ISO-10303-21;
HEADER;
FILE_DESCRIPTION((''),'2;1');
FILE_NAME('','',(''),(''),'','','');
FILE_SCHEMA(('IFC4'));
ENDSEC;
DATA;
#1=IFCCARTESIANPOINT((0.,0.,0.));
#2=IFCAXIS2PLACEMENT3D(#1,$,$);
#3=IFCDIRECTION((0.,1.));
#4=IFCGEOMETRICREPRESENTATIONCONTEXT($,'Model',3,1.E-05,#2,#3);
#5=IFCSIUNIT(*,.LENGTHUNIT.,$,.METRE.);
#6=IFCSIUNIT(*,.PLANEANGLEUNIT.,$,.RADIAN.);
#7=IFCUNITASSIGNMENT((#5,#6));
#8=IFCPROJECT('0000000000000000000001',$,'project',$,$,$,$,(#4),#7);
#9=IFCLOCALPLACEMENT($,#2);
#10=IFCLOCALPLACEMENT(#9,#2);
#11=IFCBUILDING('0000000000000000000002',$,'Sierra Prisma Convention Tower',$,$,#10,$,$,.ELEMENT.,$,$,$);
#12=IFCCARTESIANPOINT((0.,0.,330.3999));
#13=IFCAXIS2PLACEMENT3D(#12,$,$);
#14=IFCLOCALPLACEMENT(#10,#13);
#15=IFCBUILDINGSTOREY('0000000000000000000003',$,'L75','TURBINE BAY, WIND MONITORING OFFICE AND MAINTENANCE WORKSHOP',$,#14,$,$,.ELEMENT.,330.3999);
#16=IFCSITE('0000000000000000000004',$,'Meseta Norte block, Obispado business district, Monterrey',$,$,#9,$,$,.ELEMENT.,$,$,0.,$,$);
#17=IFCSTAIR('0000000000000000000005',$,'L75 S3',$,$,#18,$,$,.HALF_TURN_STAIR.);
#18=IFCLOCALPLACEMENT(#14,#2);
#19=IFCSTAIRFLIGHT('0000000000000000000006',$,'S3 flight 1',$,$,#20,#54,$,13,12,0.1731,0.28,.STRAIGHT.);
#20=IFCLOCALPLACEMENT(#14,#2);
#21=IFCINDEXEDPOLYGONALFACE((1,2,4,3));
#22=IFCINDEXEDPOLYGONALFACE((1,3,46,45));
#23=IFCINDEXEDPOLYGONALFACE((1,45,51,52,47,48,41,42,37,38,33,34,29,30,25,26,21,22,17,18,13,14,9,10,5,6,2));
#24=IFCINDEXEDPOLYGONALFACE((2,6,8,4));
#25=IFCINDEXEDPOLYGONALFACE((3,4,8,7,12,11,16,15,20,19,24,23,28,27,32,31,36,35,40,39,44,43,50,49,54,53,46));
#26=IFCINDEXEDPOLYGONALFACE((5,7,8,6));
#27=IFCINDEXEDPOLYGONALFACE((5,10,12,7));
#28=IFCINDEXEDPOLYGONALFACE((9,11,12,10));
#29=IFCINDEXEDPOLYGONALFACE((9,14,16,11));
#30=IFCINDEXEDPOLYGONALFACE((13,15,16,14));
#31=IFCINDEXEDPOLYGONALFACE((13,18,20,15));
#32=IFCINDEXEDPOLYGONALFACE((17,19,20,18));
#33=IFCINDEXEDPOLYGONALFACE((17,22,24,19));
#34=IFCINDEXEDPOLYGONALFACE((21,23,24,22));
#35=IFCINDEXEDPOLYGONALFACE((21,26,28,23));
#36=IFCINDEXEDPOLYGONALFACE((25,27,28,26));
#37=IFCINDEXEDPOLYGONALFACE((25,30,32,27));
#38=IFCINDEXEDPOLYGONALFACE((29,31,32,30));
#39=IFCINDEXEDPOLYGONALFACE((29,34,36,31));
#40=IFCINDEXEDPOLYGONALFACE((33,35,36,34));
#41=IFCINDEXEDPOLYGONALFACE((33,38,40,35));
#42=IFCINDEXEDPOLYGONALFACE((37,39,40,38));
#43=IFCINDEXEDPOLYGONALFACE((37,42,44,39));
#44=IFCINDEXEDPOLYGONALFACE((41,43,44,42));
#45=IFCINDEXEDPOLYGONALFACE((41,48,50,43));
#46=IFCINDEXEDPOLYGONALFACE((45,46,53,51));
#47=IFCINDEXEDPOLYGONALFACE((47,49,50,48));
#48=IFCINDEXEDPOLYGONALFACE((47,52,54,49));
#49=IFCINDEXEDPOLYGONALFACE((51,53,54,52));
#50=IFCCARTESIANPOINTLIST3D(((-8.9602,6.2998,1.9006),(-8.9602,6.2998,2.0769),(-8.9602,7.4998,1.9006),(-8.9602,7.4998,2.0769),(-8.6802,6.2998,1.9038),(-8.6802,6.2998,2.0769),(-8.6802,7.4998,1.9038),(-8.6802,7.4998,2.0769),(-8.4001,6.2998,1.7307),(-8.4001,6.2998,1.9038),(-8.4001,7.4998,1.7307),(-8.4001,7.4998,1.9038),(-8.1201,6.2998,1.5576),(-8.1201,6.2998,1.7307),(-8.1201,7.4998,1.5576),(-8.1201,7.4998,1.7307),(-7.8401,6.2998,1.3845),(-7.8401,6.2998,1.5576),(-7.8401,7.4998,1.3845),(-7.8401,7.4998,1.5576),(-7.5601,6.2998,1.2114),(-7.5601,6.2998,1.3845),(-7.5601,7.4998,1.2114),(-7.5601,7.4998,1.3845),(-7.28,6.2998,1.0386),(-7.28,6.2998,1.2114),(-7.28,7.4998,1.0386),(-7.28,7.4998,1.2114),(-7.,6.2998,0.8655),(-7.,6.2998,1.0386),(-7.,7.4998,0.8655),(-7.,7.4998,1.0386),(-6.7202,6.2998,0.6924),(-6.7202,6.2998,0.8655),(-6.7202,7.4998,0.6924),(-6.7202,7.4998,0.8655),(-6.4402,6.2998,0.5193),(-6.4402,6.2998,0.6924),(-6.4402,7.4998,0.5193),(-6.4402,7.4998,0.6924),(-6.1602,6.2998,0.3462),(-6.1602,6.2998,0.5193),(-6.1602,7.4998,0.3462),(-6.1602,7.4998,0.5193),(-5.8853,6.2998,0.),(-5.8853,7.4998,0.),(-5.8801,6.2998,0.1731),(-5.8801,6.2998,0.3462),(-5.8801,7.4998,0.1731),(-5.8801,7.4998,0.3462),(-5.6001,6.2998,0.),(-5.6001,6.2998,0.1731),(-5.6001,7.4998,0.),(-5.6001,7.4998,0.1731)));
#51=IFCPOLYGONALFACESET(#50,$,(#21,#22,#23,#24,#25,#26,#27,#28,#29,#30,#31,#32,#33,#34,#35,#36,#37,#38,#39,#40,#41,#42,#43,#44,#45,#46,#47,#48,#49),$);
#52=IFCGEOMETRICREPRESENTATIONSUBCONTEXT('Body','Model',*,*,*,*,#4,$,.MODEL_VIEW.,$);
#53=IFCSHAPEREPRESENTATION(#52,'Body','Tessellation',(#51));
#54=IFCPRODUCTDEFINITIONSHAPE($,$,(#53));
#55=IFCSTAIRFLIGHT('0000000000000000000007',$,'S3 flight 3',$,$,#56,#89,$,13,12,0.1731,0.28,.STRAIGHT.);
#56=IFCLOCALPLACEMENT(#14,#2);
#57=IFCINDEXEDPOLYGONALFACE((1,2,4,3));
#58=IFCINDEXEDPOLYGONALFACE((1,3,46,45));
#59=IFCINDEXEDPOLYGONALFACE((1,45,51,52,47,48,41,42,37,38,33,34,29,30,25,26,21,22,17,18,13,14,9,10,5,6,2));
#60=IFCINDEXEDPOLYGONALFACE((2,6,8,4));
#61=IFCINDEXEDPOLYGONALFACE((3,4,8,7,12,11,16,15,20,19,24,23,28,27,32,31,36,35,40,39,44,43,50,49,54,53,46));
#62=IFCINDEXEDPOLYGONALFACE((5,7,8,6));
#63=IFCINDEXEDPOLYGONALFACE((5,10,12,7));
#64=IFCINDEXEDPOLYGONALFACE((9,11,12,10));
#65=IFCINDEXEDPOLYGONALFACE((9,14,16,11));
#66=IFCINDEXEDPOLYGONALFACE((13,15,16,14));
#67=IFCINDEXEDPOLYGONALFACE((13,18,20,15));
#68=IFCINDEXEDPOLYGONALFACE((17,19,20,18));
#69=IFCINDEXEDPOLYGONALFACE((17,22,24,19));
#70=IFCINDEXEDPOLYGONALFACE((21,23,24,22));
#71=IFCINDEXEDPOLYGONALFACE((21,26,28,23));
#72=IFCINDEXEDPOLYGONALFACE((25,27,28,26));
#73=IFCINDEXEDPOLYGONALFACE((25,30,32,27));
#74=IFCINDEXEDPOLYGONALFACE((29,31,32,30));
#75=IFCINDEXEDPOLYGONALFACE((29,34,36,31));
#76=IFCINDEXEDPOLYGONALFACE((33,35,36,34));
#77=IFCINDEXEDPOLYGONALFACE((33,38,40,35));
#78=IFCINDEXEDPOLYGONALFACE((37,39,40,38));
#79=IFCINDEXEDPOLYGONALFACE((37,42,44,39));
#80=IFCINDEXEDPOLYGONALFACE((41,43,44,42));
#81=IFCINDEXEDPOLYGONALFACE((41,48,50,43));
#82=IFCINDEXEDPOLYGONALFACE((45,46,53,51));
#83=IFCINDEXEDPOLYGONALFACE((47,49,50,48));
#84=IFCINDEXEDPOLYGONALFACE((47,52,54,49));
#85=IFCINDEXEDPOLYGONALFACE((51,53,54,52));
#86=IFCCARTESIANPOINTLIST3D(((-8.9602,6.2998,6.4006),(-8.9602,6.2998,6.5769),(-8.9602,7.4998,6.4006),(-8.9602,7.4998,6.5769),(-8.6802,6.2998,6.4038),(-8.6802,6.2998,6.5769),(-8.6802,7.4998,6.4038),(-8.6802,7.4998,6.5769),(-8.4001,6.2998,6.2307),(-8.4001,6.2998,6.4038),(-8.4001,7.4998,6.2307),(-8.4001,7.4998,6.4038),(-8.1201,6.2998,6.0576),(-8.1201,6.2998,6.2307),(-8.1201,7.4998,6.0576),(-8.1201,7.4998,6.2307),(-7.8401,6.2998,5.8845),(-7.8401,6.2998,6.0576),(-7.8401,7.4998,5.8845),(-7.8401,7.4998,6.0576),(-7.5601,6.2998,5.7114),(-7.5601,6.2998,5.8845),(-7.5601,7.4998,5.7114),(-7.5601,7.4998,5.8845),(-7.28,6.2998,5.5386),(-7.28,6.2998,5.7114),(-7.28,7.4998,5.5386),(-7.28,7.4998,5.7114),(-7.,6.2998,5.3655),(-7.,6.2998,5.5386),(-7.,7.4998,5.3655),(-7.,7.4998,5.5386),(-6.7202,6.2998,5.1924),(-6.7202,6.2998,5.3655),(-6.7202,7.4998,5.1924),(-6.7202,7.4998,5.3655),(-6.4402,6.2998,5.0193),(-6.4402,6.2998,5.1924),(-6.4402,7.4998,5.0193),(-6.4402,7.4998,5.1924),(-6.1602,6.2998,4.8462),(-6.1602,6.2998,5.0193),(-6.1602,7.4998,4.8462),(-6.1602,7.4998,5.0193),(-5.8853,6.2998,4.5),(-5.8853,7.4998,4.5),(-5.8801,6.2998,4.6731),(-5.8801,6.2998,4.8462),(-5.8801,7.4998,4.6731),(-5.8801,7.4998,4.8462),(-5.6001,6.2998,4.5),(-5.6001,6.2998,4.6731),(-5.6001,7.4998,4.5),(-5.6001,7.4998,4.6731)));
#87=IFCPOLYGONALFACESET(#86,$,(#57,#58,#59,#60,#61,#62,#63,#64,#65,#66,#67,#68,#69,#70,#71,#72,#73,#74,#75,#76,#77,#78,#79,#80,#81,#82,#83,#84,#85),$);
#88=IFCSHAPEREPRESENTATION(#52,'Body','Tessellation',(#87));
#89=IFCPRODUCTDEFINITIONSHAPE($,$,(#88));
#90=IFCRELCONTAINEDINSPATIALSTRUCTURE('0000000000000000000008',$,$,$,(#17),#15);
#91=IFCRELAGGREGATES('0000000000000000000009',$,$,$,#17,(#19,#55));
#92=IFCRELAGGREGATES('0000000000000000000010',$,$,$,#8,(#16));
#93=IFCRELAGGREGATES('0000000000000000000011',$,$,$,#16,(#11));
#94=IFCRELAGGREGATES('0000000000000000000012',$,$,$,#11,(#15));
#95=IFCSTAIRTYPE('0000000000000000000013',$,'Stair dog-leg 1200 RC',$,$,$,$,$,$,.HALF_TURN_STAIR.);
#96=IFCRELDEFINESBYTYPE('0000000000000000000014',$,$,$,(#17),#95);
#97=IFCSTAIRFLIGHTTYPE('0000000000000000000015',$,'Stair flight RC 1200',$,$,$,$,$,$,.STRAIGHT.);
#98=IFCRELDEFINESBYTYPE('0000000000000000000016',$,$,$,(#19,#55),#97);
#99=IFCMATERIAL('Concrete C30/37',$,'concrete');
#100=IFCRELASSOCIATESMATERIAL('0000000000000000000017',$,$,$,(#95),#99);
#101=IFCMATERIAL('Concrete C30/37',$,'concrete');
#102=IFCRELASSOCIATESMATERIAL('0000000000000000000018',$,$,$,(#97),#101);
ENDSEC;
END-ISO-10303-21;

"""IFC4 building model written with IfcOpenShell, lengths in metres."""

from ifc_helpers import new_model, si_unit, direction, frame, origin, place, context, subcontext, project, spatial, polyline, outline, extrude, material, type_object, element, aggregate, save


model = new_model("IFC4")

# Units and contexts
model_context = context("Model", 3, precision=1e-05, world=origin(), true_north=direction((0.0, 1.0)))
body_context = subcontext(model_context, "Body", "Model", "MODEL_VIEW")
ifc_project = project(units=[si_unit("LENGTHUNIT", "METRE"), si_unit("PLANEANGLEUNIT", "RADIAN")], contexts=[model_context])

# Site, building, storey
site_placement = place(None, origin())
site = spatial("IfcSite", under=ifc_project, at=site_placement, Name="Meseta Norte block, Obispado business district, Monterrey", CompositionType="ELEMENT", RefElevation=0.0)
building_placement = place(site_placement, origin())
building = spatial("IfcBuilding", under=site, at=building_placement, Name="Sierra Prisma Convention Tower", CompositionType="ELEMENT")
storey_placement = place(building_placement, frame((0.0, 0.0, 330.3999)))
storey = spatial("IfcBuildingStorey", under=building, at=storey_placement, Name="L75", Description="TURBINE BAY, WIND MONITORING OFFICE AND MAINTENANCE WORKSHOP", CompositionType="ELEMENT", Elevation=330.3999)

# Stair, stair flights
ifc_material_1 = material(Name="Concrete C30/37", Category="concrete")
stair_type = type_object("IfcStairType", Name="Stair dog-leg 1200 RC", PredefinedType="HALF_TURN_STAIR", material=ifc_material_1)
stair_placement = place(storey_placement, origin())
stair = element("IfcStair", 1, at=stair_placement, inside=storey, type_object=stair_type, Name="L75 S3", PredefinedType="HALF_TURN_STAIR")
ifc_material_2 = material(Name="Concrete C30/37", Category="concrete")
stair_flight_type = type_object("IfcStairFlightType", Name="Stair flight RC 1200", PredefinedType="STRAIGHT", material=ifc_material_2)
stair_flight_1_placement = place(storey_placement, frame((-5.6001, 6.8999, 0.0), z_axis=(0.0, 0.0, 1.0), x_axis=(-1.0, 0.0, 0.0)))
stair_flight_1 = element("IfcStairFlight", 2, at=stair_flight_1_placement, type_object=stair_flight_type, Name="S3 flight 1", NumberOfRisers=13, NumberOfTreads=12, PredefinedType="STRAIGHT", RiserHeight=0.1731, TreadLength=0.28, context=body_context, shape_type="SweptSolid", body=[
    extrude(outline(polyline([(0.0, 0.0), (0.0, 0.1731), (0.28, 0.1731), (0.28, 0.3462), (0.5601, 0.3462), (0.5601, 0.5193), (0.8401, 0.5193), (0.8401, 0.6924), (1.1201, 0.6924), (1.1201, 0.8655), (1.3999, 0.8655), (1.3999, 1.0386), (1.6799, 1.0386), (1.6799, 1.2114), (1.96, 1.2114), (1.96, 1.3845), (2.24, 1.3845), (2.24, 1.5576), (2.52, 1.5576), (2.52, 1.7307), (2.8, 1.7307), (2.8, 1.9038), (3.0801, 1.9038), (3.0801, 2.0769), (3.3601, 2.0769), (3.3601, 2.25), (3.3601, 1.9006), (0.2852, 0.0), (0.0, 0.0)])), frame((0.0, 0.6001, 0.0), z_axis=(0.0, -1.0, 0.0), x_axis=(1.0, 0.0, 0.0)), (0.0, 0.0, 1.0), 1.2),
])
stair_flight_2_placement = place(storey_placement, frame((-5.6001, 6.8999, 4.5), z_axis=(0.0, 0.0, 1.0), x_axis=(-1.0, 0.0, 0.0)))
stair_flight_2 = element("IfcStairFlight", 3, at=stair_flight_2_placement, type_object=stair_flight_type, Name="S3 flight 3", NumberOfRisers=13, NumberOfTreads=12, PredefinedType="STRAIGHT", RiserHeight=0.1731, TreadLength=0.28, context=body_context, shape_type="SweptSolid", body=[
    extrude(outline(polyline([(0.0, 0.0), (0.0, 0.1731), (0.28, 0.1731), (0.28, 0.3462), (0.5601, 0.3462), (0.5601, 0.5193), (0.8401, 0.5193), (0.8401, 0.6924), (1.1201, 0.6924), (1.1201, 0.8655), (1.3999, 0.8655), (1.3999, 1.0386), (1.6799, 1.0386), (1.6799, 1.2114), (1.96, 1.2114), (1.96, 1.3845), (2.24, 1.3845), (2.24, 1.5576), (2.52, 1.5576), (2.52, 1.7307), (2.8, 1.7307), (2.8, 1.9038), (3.0801, 1.9038), (3.0801, 2.0769), (3.3601, 2.0769), (3.3601, 2.25), (3.3601, 1.9006), (0.2852, 0.0), (0.0, 0.0)])), frame((0.0, 0.6001, 0.0), z_axis=(0.0, -1.0, 0.0), x_axis=(1.0, 0.0, 0.0)), (0.0, 0.0, 1.0), 1.2),
])
aggregate(stair, [stair_flight_1, stair_flight_2])

save(model, "model.ifc")
